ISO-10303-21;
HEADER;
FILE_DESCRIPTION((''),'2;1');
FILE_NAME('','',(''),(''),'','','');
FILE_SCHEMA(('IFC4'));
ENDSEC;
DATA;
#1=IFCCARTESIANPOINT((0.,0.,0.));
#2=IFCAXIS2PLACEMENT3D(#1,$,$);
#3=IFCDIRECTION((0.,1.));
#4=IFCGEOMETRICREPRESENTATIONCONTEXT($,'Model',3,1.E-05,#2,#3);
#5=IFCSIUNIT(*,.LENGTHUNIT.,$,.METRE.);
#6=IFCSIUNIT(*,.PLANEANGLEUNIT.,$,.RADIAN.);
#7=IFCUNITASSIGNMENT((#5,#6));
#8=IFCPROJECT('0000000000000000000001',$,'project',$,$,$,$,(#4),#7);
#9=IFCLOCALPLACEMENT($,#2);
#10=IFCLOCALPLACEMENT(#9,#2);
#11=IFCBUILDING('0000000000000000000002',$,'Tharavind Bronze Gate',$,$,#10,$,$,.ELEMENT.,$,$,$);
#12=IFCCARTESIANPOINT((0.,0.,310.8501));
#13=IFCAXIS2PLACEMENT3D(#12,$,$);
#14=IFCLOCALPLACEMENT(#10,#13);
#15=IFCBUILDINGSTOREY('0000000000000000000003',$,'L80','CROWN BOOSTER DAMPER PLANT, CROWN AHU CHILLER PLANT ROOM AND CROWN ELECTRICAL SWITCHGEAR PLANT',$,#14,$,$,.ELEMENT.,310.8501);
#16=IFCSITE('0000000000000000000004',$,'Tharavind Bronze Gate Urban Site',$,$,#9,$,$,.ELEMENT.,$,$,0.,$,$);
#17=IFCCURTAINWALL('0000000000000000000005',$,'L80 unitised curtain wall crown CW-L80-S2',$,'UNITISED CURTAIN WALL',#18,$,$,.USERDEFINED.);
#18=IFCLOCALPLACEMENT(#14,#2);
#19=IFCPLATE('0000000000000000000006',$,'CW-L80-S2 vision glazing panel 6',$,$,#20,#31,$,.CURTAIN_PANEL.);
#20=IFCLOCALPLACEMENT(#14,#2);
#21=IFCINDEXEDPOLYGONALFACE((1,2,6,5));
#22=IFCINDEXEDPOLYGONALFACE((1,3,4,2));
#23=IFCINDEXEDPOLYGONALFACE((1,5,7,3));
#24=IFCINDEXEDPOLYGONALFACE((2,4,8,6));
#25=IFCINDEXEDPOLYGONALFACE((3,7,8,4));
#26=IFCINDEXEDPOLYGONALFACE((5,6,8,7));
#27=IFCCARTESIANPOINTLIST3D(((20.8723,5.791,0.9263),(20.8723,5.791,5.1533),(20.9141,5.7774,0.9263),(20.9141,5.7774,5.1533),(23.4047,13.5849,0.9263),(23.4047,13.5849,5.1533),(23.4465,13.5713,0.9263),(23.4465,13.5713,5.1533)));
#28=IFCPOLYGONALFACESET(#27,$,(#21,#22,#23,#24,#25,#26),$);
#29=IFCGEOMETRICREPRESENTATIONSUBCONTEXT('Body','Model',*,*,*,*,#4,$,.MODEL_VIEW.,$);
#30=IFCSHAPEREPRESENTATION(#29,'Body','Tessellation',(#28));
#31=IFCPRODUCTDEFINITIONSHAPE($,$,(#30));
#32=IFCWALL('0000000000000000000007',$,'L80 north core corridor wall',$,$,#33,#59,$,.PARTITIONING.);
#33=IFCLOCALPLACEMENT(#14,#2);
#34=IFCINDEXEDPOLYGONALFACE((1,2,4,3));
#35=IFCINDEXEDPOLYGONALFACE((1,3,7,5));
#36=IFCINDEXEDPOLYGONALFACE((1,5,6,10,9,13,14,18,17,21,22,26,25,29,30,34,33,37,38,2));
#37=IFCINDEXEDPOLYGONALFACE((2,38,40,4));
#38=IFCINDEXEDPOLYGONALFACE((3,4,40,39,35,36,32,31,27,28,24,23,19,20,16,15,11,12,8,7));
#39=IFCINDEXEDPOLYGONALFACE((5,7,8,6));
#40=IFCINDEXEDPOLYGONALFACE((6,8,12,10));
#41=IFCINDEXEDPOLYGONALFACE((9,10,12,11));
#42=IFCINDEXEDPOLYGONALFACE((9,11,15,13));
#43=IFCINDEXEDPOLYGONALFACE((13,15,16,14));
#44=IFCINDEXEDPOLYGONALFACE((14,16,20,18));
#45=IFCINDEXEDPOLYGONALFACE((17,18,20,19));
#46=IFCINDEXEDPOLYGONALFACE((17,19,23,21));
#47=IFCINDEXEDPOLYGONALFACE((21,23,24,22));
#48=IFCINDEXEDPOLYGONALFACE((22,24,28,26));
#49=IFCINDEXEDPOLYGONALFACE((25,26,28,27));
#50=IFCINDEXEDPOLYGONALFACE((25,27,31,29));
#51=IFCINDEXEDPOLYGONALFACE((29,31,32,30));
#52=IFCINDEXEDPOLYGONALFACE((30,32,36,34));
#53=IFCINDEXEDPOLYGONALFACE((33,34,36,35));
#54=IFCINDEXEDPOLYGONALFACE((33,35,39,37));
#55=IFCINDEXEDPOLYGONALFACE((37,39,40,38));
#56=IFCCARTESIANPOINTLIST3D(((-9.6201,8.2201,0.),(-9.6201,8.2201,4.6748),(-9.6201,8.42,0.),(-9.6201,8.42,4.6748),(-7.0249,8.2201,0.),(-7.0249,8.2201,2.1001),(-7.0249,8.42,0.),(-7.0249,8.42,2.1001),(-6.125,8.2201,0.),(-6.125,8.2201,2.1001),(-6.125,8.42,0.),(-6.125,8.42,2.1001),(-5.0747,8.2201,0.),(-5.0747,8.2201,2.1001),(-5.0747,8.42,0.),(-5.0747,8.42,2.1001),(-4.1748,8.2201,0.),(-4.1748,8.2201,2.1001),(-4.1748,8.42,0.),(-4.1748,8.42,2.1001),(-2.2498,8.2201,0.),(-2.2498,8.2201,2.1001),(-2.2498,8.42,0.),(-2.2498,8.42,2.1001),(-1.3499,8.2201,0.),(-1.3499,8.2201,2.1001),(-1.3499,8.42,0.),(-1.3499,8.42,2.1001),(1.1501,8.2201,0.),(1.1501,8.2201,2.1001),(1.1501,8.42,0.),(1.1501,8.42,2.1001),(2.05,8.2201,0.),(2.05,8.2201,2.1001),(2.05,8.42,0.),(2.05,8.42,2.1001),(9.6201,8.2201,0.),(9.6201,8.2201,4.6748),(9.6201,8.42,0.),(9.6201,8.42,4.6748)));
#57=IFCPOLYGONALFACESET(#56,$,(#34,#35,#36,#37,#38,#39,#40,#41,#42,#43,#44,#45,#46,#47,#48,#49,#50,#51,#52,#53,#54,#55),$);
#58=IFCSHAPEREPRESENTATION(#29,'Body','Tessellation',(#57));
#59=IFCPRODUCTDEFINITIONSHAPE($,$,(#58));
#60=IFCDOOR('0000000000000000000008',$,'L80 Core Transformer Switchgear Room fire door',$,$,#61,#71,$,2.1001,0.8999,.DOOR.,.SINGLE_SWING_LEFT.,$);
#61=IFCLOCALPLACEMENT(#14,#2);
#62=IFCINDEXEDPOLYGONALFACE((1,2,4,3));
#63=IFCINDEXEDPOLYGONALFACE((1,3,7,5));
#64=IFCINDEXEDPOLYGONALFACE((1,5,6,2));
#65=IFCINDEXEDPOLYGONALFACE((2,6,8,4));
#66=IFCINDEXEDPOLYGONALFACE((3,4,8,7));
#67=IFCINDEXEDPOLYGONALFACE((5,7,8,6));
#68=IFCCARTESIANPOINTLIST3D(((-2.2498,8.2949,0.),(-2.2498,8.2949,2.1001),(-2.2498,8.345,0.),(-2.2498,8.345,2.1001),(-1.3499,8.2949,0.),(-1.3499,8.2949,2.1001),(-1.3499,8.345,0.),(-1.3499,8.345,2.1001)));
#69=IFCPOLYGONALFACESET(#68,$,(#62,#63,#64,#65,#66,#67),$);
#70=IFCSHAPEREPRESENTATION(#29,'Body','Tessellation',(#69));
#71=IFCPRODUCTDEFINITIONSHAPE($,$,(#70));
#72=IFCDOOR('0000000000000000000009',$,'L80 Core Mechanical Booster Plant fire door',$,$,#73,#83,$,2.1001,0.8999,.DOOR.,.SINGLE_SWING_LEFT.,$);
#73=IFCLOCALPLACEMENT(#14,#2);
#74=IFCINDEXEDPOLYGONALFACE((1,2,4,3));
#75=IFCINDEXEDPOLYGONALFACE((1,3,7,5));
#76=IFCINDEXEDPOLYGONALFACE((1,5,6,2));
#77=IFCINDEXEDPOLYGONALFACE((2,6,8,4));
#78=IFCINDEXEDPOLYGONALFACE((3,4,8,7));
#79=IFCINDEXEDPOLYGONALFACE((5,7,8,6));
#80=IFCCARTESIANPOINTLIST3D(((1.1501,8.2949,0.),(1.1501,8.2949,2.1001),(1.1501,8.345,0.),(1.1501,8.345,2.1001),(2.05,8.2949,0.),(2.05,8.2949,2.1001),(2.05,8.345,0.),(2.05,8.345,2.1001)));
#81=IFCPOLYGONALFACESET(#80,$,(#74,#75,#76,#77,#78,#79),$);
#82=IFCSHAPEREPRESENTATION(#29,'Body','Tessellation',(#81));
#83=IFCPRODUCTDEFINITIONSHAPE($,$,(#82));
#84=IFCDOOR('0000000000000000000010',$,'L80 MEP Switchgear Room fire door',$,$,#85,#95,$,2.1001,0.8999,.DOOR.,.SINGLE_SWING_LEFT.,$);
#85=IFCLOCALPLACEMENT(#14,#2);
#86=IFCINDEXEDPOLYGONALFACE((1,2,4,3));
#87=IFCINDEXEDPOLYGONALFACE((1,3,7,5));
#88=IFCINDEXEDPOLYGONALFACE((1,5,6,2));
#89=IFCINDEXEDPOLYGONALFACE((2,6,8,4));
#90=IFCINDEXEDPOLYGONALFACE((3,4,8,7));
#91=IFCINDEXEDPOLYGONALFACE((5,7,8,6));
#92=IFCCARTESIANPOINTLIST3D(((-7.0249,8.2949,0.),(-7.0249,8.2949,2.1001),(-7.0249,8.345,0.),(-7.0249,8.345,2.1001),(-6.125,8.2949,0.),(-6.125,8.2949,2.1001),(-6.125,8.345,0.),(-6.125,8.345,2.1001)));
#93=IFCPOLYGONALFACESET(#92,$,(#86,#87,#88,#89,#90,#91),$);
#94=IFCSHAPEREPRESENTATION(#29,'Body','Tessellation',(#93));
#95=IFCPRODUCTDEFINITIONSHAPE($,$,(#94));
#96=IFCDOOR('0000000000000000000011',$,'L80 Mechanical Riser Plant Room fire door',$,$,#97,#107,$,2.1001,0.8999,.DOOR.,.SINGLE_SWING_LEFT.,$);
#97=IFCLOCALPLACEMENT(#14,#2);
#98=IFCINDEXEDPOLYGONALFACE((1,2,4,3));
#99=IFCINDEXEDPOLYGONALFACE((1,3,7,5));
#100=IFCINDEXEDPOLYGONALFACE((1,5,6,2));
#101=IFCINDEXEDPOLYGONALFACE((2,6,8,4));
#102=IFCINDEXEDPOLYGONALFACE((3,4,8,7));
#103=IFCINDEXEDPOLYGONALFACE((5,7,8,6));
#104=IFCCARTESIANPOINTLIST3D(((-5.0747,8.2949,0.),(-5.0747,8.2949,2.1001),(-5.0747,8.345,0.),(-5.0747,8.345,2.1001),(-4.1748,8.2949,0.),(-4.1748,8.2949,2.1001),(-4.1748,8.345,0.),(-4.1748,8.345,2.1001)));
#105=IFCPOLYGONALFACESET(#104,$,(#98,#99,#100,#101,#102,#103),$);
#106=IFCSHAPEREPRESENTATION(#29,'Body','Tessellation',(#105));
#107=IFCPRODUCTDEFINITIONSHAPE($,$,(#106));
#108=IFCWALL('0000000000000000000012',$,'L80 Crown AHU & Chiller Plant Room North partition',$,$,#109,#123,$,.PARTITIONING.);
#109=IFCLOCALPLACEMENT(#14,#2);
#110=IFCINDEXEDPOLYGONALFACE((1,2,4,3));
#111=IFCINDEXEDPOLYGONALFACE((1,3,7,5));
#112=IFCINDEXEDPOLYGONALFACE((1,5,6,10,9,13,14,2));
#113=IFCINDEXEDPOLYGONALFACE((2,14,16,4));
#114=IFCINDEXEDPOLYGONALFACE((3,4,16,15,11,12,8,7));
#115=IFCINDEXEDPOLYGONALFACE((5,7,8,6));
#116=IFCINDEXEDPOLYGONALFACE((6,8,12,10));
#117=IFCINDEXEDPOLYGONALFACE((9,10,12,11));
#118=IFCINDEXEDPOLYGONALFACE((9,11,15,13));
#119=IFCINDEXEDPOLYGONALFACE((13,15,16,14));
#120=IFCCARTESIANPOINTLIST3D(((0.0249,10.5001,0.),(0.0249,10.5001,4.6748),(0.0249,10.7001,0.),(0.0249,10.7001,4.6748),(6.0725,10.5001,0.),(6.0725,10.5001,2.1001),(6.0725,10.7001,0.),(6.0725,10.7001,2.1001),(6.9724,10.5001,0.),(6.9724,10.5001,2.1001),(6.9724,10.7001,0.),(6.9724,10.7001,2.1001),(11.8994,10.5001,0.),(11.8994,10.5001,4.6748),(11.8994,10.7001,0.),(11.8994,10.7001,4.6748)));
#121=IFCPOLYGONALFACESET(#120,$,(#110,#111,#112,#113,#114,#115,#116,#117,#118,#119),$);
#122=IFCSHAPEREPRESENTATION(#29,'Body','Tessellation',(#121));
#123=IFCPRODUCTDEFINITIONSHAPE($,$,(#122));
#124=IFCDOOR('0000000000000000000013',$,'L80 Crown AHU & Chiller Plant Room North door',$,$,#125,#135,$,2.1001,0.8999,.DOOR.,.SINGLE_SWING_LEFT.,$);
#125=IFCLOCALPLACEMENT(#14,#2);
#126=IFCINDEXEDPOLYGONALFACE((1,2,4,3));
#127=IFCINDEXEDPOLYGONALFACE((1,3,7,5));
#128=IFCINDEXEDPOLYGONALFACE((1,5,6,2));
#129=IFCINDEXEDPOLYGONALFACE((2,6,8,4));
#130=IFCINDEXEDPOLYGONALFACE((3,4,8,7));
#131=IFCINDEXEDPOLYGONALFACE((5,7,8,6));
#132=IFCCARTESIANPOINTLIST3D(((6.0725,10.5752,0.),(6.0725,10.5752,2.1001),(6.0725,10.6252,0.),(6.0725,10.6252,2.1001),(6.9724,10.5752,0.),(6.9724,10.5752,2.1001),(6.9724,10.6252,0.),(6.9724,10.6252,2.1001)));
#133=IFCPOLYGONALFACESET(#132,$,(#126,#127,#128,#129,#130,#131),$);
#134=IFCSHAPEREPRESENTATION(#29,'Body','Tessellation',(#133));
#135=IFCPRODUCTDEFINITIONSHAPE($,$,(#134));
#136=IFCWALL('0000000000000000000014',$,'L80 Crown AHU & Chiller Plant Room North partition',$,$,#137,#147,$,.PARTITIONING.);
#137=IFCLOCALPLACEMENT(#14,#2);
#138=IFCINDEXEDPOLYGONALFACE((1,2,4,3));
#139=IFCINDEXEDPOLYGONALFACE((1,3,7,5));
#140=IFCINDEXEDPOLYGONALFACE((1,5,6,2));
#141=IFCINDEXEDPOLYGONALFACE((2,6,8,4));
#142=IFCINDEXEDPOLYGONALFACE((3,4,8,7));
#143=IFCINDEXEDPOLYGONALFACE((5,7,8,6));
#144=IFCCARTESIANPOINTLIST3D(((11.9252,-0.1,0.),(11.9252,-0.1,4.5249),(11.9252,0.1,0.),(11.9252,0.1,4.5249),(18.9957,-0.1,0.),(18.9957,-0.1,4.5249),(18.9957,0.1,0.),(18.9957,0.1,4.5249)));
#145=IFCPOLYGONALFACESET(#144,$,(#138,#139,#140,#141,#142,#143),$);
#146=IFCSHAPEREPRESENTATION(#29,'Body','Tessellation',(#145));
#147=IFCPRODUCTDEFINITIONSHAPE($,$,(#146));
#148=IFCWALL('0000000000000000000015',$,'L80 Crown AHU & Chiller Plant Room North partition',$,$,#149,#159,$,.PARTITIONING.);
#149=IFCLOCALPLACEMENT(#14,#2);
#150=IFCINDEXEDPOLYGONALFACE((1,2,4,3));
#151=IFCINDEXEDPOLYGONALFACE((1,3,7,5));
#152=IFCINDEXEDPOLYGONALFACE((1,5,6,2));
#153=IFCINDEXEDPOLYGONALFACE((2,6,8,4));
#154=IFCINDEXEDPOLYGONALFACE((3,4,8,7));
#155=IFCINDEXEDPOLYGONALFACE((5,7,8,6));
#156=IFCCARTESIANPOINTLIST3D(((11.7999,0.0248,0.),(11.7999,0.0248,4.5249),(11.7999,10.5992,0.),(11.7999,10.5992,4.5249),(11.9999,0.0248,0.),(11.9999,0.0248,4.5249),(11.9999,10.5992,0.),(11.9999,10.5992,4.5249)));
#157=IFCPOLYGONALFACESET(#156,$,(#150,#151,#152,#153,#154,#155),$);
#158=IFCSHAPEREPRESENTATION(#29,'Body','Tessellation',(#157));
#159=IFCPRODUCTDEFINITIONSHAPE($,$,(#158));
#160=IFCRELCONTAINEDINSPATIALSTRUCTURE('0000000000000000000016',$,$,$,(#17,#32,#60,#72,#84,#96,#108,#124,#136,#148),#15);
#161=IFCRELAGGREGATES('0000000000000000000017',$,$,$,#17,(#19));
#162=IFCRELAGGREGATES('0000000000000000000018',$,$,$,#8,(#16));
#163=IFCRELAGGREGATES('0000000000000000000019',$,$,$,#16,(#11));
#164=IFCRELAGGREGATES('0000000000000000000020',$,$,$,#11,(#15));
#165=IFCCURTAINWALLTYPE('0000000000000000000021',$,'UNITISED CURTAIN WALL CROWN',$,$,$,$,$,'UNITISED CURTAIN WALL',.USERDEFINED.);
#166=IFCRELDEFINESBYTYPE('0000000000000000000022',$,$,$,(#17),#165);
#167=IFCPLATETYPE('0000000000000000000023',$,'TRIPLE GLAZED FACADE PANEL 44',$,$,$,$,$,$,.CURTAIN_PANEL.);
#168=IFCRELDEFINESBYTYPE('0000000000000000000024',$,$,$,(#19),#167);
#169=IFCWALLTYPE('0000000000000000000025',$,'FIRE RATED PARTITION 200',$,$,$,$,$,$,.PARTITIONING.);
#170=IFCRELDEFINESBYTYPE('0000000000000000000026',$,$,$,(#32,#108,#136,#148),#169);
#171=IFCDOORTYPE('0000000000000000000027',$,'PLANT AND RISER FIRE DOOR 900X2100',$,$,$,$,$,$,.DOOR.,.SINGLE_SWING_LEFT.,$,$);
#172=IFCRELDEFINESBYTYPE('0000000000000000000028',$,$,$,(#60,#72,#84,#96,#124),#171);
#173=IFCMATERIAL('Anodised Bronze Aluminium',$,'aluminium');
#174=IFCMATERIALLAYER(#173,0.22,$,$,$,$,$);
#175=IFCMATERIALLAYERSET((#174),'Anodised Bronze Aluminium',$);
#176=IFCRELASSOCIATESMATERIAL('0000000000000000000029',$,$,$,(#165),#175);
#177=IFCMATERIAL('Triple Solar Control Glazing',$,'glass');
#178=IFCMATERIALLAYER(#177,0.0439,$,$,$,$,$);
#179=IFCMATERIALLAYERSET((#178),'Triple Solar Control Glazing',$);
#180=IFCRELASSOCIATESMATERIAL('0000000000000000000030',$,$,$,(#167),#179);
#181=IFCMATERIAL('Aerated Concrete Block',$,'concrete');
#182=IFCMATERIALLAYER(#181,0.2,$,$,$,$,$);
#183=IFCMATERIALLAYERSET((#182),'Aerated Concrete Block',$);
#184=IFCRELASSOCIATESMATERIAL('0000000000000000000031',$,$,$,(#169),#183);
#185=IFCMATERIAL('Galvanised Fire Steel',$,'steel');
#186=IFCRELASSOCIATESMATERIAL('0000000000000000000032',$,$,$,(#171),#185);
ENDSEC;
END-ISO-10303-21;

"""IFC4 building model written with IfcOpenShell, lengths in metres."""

from ifc_helpers import new_model, si_unit, direction, frame, frame_2d, origin, origin_2d, place, context, subcontext, project, spatial, rectangle, extrude, material, layer, layer_set, type_object, element, fill, aggregate, save


model = new_model("IFC4")

# Units and contexts
model_context = context("Model", 3, precision=1e-05, world=origin(), true_north=direction((0.0, 1.0)))
body_context = subcontext(model_context, "Body", "Model", "MODEL_VIEW")
ifc_project = project(units=[si_unit("LENGTHUNIT", "METRE"), si_unit("PLANEANGLEUNIT", "RADIAN")], contexts=[model_context])

# Site, building, storey
site_placement = place(None, origin())
site = spatial("IfcSite", under=ifc_project, at=site_placement, Name="Tharavind Bronze Gate Urban Site", CompositionType="ELEMENT", RefElevation=0.0)
building_placement = place(site_placement, origin())
building = spatial("IfcBuilding", under=site, at=building_placement, Name="Tharavind Bronze Gate", CompositionType="ELEMENT")
storey_placement = place(building_placement, frame((0.0, 0.0, 310.8501)))
storey = spatial("IfcBuildingStorey", under=building, at=storey_placement, Name="L80", Description="CROWN BOOSTER DAMPER PLANT, CROWN AHU CHILLER PLANT ROOM AND CROWN ELECTRICAL SWITCHGEAR PLANT", CompositionType="ELEMENT", Elevation=310.8501)

# Curtain wall
ifc_material_1 = material(Name="Anodised Bronze Aluminium", Category="aluminium")
ifc_layer_1 = layer(ifc_material_1, 0.22)
ifc_layer_set_1 = layer_set([ifc_layer_1], Name="Anodised Bronze Aluminium")
curtain_wall_type = type_object("IfcCurtainWallType", Name="UNITISED CURTAIN WALL CROWN", ElementType="UNITISED CURTAIN WALL", PredefinedType="USERDEFINED", material=ifc_layer_set_1)
curtain_wall_placement = place(storey_placement, origin())
curtain_wall = element("IfcCurtainWall", 1, at=curtain_wall_placement, inside=storey, type_object=curtain_wall_type, Name="L80 unitised curtain wall crown CW-L80-S2", ObjectType="UNITISED CURTAIN WALL", PredefinedType="USERDEFINED")

# Plate
ifc_material_2 = material(Name="Triple Solar Control Glazing", Category="glass")
ifc_layer_2 = layer(ifc_material_2, 0.0439)
ifc_layer_set_2 = layer_set([ifc_layer_2], Name="Triple Solar Control Glazing")
plate_type_1 = type_object("IfcPlateType", Name="TRIPLE GLAZED FACADE PANEL 44", PredefinedType="CURTAIN_PANEL", material=ifc_layer_set_2)
plate_1_placement = place(storey_placement, frame((22.1594, 9.6812, 0.9263), z_axis=(0.0, 0.0, 1.0), x_axis=(0.309017, 0.951057, 0.0)))
plate_1 = element("IfcPlate", 2, at=plate_1_placement, type_object=plate_type_1, Name="CW-L80-S2 vision glazing panel 6", PredefinedType="CURTAIN_PANEL", context=body_context, shape_type="SweptSolid", body=[
    extrude(rectangle(XDim=8.1951, YDim=0.0439, at=origin_2d()), origin(), (0.0, 0.0, 1.0), 4.2271),
])
aggregate(curtain_wall, [plate_1])

# Wall, openings, doors
ifc_material_3 = material(Name="Aerated Concrete Block", Category="concrete")
ifc_layer_3 = layer(ifc_material_3, 0.2)
ifc_layer_set_3 = layer_set([ifc_layer_3], Name="Aerated Concrete Block")
wall_type = type_object("IfcWallType", Name="FIRE RATED PARTITION 200", PredefinedType="PARTITIONING", material=ifc_layer_set_3)
wall_1_placement = place(storey_placement, frame((9.6201, 8.3201, 0.0), z_axis=(0.0, 0.0, 1.0), x_axis=(-1.0, 0.0, 0.0)))
wall_1 = element("IfcWall", 3, at=wall_1_placement, inside=storey, type_object=wall_type, Name="L80 north core corridor wall", PredefinedType="PARTITIONING", context=body_context, shape_type="SweptSolid", body=[
    extrude(rectangle(XDim=19.2402, YDim=0.2, at=frame_2d((9.6201, 0.0))), origin(), (0.0, 0.0, 1.0), 4.6748),
])
opening_1_placement = place(wall_1_placement, frame((10.97, 0.0, 0.0)))
opening_1 = element("IfcOpeningElement", 4, at=opening_1_placement, cuts=wall_1, PredefinedType="OPENING", context=body_context, shape_type="SweptSolid", body=[
    extrude(rectangle(XDim=0.8999, YDim=2.1001, at=frame_2d((0.45, 1.05))), frame((0.0, 0.1101, 0.0), z_axis=(0.0, -1.0, 0.0), x_axis=(1.0, 0.0, 0.0)), (0.0, 0.0, 1.0), 0.22),
])
opening_2_placement = place(wall_1_placement, frame((7.5701, 0.0, 0.0)))
opening_2 = element("IfcOpeningElement", 5, at=opening_2_placement, cuts=wall_1, PredefinedType="OPENING", context=body_context, shape_type="SweptSolid", body=[
    extrude(rectangle(XDim=0.8999, YDim=2.1001, at=frame_2d((0.45, 1.05))), frame((0.0, 0.1101, 0.0), z_axis=(0.0, -1.0, 0.0), x_axis=(1.0, 0.0, 0.0)), (0.0, 0.0, 1.0), 0.22),
])
opening_3_placement = place(wall_1_placement, frame((15.7451, 0.0, 0.0)))
opening_3 = element("IfcOpeningElement", 6, at=opening_3_placement, cuts=wall_1, PredefinedType="OPENING", context=body_context, shape_type="SweptSolid", body=[
    extrude(rectangle(XDim=0.8999, YDim=2.1001, at=frame_2d((0.45, 1.05))), frame((0.0, 0.1101, 0.0), z_axis=(0.0, -1.0, 0.0), x_axis=(1.0, 0.0, 0.0)), (0.0, 0.0, 1.0), 0.22),
])
opening_4_placement = place(wall_1_placement, frame((13.7949, 0.0, 0.0)))
opening_4 = element("IfcOpeningElement", 7, at=opening_4_placement, cuts=wall_1, PredefinedType="OPENING", context=body_context, shape_type="SweptSolid", body=[
    extrude(rectangle(XDim=0.8999, YDim=2.1001, at=frame_2d((0.45, 1.05))), frame((0.0, 0.1101, 0.0), z_axis=(0.0, -1.0, 0.0), x_axis=(1.0, 0.0, 0.0)), (0.0, 0.0, 1.0), 0.22),
])
ifc_material_4 = material(Name="Galvanised Fire Steel", Category="steel")
door_type = type_object("IfcDoorType", Name="PLANT AND RISER FIRE DOOR 900X2100", OperationType="SINGLE_SWING_LEFT", PredefinedType="DOOR", material=ifc_material_4)
door_1_placement = place(opening_1_placement, frame((0.8999, 0.0, 0.0), z_axis=(0.0, 0.0, 1.0), x_axis=(-1.0, 0.0, 0.0)))
door_1 = element("IfcDoor", 8, at=door_1_placement, inside=storey, type_object=door_type, Name="L80 Core Transformer Switchgear Room fire door", OperationType="SINGLE_SWING_LEFT", OverallHeight=2.1001, OverallWidth=0.8999, PredefinedType="DOOR", context=body_context, shape_type="SweptSolid", body=[
    extrude(rectangle(XDim=0.8999, YDim=2.1001, at=frame_2d((0.45, 1.05))), frame((0.0, 0.0249, 0.0), z_axis=(0.0, -1.0, 0.0), x_axis=(1.0, 0.0, 0.0)), (0.0, 0.0, 1.0), 0.05),
])
fill(opening_1, door_1)
door_2_placement = place(opening_2_placement, frame((0.8999, 0.0, 0.0), z_axis=(0.0, 0.0, 1.0), x_axis=(-1.0, 0.0, 0.0)))
door_2 = element("IfcDoor", 9, at=door_2_placement, inside=storey, type_object=door_type, Name="L80 Core Mechanical Booster Plant fire door", OperationType="SINGLE_SWING_LEFT", OverallHeight=2.1001, OverallWidth=0.8999, PredefinedType="DOOR", context=body_context, shape_type="SweptSolid", body=[
    extrude(rectangle(XDim=0.8999, YDim=2.1001, at=frame_2d((0.45, 1.05))), frame((0.0, 0.0249, 0.0), z_axis=(0.0, -1.0, 0.0), x_axis=(1.0, 0.0, 0.0)), (0.0, 0.0, 1.0), 0.05),
])
fill(opening_2, door_2)
door_3_placement = place(opening_3_placement, frame((0.8999, 0.0, 0.0), z_axis=(0.0, 0.0, 1.0), x_axis=(-1.0, 0.0, 0.0)))
door_3 = element("IfcDoor", 10, at=door_3_placement, inside=storey, type_object=door_type, Name="L80 MEP Switchgear Room fire door", OperationType="SINGLE_SWING_LEFT", OverallHeight=2.1001, OverallWidth=0.8999, PredefinedType="DOOR", context=body_context, shape_type="SweptSolid", body=[
    extrude(rectangle(XDim=0.8999, YDim=2.1001, at=frame_2d((0.45, 1.05))), frame((0.0, 0.0249, 0.0), z_axis=(0.0, -1.0, 0.0), x_axis=(1.0, 0.0, 0.0)), (0.0, 0.0, 1.0), 0.05),
])
fill(opening_3, door_3)
door_4_placement = place(opening_4_placement, frame((0.8999, 0.0, 0.0), z_axis=(0.0, 0.0, 1.0), x_axis=(-1.0, 0.0, 0.0)))
door_4 = element("IfcDoor", 11, at=door_4_placement, inside=storey, type_object=door_type, Name="L80 Mechanical Riser Plant Room fire door", OperationType="SINGLE_SWING_LEFT", OverallHeight=2.1001, OverallWidth=0.8999, PredefinedType="DOOR", context=body_context, shape_type="SweptSolid", body=[
    extrude(rectangle(XDim=0.8999, YDim=2.1001, at=frame_2d((0.45, 1.05))), frame((0.0, 0.0249, 0.0), z_axis=(0.0, -1.0, 0.0), x_axis=(1.0, 0.0, 0.0)), (0.0, 0.0, 1.0), 0.05),
])
fill(opening_4, door_4)

# Wall, opening, door
wall_2_placement = place(storey_placement, frame((11.8994, 10.6001, 0.0), z_axis=(0.0, 0.0, 1.0), x_axis=(-1.0, 0.0, 0.0)))
wall_2 = element("IfcWall", 12, at=wall_2_placement, inside=storey, type_object=wall_type, Name="L80 Crown AHU & Chiller Plant Room North partition", PredefinedType="PARTITIONING", context=body_context, shape_type="SweptSolid", body=[
    extrude(rectangle(XDim=11.8745, YDim=0.2, at=frame_2d((5.9373, 0.0))), origin(), (0.0, 0.0, 1.0), 4.6748),
])
opening_5_placement = place(wall_2_placement, frame((4.927, 0.0, 0.0)))
opening_5 = element("IfcOpeningElement", 13, at=opening_5_placement, cuts=wall_2, PredefinedType="OPENING", context=body_context, shape_type="SweptSolid", body=[
    extrude(rectangle(XDim=0.8999, YDim=2.1001, at=frame_2d((0.45, 1.05))), frame((0.0, 0.1101, 0.0), z_axis=(0.0, -1.0, 0.0), x_axis=(1.0, 0.0, 0.0)), (0.0, 0.0, 1.0), 0.22),
])
door_5_placement = place(opening_5_placement, origin())
door_5 = element("IfcDoor", 14, at=door_5_placement, inside=storey, type_object=door_type, Name="L80 Crown AHU & Chiller Plant Room North door", OperationType="SINGLE_SWING_LEFT", OverallHeight=2.1001, OverallWidth=0.8999, PredefinedType="DOOR", context=body_context, shape_type="SweptSolid", body=[
    extrude(rectangle(XDim=0.8999, YDim=2.1001, at=frame_2d((0.45, 1.05))), frame((0.0, 0.0249, 0.0), z_axis=(0.0, -1.0, 0.0), x_axis=(1.0, 0.0, 0.0)), (0.0, 0.0, 1.0), 0.05),
])
fill(opening_5, door_5)

# Walls
wall_3_placement = place(storey_placement, frame((18.9956, 0.0, 0.0), z_axis=(0.0, 0.0, 1.0), x_axis=(-1.0, 0.0, 0.0)))
element("IfcWall", 15, at=wall_3_placement, inside=storey, type_object=wall_type, Name="L80 Crown AHU & Chiller Plant Room North partition", PredefinedType="PARTITIONING", context=body_context, shape_type="SweptSolid", body=[
    extrude(rectangle(XDim=7.0706, YDim=0.2, at=frame_2d((3.5352, 0.0))), origin(), (0.0, 0.0, 1.0), 4.5249),
])
wall_4_placement = place(storey_placement, frame((11.8999, 0.0249, 0.0), z_axis=(0.0, 0.0, 1.0), x_axis=(0.0, 1.0, 0.0)))
element("IfcWall", 16, at=wall_4_placement, inside=storey, type_object=wall_type, Name="L80 Crown AHU & Chiller Plant Room North partition", PredefinedType="PARTITIONING", context=body_context, shape_type="SweptSolid", body=[
    extrude(rectangle(XDim=10.5745, YDim=0.2, at=frame_2d((5.2871, 0.0))), origin(), (0.0, 0.0, 1.0), 4.5249),
])

save(model, "model.ifc")
